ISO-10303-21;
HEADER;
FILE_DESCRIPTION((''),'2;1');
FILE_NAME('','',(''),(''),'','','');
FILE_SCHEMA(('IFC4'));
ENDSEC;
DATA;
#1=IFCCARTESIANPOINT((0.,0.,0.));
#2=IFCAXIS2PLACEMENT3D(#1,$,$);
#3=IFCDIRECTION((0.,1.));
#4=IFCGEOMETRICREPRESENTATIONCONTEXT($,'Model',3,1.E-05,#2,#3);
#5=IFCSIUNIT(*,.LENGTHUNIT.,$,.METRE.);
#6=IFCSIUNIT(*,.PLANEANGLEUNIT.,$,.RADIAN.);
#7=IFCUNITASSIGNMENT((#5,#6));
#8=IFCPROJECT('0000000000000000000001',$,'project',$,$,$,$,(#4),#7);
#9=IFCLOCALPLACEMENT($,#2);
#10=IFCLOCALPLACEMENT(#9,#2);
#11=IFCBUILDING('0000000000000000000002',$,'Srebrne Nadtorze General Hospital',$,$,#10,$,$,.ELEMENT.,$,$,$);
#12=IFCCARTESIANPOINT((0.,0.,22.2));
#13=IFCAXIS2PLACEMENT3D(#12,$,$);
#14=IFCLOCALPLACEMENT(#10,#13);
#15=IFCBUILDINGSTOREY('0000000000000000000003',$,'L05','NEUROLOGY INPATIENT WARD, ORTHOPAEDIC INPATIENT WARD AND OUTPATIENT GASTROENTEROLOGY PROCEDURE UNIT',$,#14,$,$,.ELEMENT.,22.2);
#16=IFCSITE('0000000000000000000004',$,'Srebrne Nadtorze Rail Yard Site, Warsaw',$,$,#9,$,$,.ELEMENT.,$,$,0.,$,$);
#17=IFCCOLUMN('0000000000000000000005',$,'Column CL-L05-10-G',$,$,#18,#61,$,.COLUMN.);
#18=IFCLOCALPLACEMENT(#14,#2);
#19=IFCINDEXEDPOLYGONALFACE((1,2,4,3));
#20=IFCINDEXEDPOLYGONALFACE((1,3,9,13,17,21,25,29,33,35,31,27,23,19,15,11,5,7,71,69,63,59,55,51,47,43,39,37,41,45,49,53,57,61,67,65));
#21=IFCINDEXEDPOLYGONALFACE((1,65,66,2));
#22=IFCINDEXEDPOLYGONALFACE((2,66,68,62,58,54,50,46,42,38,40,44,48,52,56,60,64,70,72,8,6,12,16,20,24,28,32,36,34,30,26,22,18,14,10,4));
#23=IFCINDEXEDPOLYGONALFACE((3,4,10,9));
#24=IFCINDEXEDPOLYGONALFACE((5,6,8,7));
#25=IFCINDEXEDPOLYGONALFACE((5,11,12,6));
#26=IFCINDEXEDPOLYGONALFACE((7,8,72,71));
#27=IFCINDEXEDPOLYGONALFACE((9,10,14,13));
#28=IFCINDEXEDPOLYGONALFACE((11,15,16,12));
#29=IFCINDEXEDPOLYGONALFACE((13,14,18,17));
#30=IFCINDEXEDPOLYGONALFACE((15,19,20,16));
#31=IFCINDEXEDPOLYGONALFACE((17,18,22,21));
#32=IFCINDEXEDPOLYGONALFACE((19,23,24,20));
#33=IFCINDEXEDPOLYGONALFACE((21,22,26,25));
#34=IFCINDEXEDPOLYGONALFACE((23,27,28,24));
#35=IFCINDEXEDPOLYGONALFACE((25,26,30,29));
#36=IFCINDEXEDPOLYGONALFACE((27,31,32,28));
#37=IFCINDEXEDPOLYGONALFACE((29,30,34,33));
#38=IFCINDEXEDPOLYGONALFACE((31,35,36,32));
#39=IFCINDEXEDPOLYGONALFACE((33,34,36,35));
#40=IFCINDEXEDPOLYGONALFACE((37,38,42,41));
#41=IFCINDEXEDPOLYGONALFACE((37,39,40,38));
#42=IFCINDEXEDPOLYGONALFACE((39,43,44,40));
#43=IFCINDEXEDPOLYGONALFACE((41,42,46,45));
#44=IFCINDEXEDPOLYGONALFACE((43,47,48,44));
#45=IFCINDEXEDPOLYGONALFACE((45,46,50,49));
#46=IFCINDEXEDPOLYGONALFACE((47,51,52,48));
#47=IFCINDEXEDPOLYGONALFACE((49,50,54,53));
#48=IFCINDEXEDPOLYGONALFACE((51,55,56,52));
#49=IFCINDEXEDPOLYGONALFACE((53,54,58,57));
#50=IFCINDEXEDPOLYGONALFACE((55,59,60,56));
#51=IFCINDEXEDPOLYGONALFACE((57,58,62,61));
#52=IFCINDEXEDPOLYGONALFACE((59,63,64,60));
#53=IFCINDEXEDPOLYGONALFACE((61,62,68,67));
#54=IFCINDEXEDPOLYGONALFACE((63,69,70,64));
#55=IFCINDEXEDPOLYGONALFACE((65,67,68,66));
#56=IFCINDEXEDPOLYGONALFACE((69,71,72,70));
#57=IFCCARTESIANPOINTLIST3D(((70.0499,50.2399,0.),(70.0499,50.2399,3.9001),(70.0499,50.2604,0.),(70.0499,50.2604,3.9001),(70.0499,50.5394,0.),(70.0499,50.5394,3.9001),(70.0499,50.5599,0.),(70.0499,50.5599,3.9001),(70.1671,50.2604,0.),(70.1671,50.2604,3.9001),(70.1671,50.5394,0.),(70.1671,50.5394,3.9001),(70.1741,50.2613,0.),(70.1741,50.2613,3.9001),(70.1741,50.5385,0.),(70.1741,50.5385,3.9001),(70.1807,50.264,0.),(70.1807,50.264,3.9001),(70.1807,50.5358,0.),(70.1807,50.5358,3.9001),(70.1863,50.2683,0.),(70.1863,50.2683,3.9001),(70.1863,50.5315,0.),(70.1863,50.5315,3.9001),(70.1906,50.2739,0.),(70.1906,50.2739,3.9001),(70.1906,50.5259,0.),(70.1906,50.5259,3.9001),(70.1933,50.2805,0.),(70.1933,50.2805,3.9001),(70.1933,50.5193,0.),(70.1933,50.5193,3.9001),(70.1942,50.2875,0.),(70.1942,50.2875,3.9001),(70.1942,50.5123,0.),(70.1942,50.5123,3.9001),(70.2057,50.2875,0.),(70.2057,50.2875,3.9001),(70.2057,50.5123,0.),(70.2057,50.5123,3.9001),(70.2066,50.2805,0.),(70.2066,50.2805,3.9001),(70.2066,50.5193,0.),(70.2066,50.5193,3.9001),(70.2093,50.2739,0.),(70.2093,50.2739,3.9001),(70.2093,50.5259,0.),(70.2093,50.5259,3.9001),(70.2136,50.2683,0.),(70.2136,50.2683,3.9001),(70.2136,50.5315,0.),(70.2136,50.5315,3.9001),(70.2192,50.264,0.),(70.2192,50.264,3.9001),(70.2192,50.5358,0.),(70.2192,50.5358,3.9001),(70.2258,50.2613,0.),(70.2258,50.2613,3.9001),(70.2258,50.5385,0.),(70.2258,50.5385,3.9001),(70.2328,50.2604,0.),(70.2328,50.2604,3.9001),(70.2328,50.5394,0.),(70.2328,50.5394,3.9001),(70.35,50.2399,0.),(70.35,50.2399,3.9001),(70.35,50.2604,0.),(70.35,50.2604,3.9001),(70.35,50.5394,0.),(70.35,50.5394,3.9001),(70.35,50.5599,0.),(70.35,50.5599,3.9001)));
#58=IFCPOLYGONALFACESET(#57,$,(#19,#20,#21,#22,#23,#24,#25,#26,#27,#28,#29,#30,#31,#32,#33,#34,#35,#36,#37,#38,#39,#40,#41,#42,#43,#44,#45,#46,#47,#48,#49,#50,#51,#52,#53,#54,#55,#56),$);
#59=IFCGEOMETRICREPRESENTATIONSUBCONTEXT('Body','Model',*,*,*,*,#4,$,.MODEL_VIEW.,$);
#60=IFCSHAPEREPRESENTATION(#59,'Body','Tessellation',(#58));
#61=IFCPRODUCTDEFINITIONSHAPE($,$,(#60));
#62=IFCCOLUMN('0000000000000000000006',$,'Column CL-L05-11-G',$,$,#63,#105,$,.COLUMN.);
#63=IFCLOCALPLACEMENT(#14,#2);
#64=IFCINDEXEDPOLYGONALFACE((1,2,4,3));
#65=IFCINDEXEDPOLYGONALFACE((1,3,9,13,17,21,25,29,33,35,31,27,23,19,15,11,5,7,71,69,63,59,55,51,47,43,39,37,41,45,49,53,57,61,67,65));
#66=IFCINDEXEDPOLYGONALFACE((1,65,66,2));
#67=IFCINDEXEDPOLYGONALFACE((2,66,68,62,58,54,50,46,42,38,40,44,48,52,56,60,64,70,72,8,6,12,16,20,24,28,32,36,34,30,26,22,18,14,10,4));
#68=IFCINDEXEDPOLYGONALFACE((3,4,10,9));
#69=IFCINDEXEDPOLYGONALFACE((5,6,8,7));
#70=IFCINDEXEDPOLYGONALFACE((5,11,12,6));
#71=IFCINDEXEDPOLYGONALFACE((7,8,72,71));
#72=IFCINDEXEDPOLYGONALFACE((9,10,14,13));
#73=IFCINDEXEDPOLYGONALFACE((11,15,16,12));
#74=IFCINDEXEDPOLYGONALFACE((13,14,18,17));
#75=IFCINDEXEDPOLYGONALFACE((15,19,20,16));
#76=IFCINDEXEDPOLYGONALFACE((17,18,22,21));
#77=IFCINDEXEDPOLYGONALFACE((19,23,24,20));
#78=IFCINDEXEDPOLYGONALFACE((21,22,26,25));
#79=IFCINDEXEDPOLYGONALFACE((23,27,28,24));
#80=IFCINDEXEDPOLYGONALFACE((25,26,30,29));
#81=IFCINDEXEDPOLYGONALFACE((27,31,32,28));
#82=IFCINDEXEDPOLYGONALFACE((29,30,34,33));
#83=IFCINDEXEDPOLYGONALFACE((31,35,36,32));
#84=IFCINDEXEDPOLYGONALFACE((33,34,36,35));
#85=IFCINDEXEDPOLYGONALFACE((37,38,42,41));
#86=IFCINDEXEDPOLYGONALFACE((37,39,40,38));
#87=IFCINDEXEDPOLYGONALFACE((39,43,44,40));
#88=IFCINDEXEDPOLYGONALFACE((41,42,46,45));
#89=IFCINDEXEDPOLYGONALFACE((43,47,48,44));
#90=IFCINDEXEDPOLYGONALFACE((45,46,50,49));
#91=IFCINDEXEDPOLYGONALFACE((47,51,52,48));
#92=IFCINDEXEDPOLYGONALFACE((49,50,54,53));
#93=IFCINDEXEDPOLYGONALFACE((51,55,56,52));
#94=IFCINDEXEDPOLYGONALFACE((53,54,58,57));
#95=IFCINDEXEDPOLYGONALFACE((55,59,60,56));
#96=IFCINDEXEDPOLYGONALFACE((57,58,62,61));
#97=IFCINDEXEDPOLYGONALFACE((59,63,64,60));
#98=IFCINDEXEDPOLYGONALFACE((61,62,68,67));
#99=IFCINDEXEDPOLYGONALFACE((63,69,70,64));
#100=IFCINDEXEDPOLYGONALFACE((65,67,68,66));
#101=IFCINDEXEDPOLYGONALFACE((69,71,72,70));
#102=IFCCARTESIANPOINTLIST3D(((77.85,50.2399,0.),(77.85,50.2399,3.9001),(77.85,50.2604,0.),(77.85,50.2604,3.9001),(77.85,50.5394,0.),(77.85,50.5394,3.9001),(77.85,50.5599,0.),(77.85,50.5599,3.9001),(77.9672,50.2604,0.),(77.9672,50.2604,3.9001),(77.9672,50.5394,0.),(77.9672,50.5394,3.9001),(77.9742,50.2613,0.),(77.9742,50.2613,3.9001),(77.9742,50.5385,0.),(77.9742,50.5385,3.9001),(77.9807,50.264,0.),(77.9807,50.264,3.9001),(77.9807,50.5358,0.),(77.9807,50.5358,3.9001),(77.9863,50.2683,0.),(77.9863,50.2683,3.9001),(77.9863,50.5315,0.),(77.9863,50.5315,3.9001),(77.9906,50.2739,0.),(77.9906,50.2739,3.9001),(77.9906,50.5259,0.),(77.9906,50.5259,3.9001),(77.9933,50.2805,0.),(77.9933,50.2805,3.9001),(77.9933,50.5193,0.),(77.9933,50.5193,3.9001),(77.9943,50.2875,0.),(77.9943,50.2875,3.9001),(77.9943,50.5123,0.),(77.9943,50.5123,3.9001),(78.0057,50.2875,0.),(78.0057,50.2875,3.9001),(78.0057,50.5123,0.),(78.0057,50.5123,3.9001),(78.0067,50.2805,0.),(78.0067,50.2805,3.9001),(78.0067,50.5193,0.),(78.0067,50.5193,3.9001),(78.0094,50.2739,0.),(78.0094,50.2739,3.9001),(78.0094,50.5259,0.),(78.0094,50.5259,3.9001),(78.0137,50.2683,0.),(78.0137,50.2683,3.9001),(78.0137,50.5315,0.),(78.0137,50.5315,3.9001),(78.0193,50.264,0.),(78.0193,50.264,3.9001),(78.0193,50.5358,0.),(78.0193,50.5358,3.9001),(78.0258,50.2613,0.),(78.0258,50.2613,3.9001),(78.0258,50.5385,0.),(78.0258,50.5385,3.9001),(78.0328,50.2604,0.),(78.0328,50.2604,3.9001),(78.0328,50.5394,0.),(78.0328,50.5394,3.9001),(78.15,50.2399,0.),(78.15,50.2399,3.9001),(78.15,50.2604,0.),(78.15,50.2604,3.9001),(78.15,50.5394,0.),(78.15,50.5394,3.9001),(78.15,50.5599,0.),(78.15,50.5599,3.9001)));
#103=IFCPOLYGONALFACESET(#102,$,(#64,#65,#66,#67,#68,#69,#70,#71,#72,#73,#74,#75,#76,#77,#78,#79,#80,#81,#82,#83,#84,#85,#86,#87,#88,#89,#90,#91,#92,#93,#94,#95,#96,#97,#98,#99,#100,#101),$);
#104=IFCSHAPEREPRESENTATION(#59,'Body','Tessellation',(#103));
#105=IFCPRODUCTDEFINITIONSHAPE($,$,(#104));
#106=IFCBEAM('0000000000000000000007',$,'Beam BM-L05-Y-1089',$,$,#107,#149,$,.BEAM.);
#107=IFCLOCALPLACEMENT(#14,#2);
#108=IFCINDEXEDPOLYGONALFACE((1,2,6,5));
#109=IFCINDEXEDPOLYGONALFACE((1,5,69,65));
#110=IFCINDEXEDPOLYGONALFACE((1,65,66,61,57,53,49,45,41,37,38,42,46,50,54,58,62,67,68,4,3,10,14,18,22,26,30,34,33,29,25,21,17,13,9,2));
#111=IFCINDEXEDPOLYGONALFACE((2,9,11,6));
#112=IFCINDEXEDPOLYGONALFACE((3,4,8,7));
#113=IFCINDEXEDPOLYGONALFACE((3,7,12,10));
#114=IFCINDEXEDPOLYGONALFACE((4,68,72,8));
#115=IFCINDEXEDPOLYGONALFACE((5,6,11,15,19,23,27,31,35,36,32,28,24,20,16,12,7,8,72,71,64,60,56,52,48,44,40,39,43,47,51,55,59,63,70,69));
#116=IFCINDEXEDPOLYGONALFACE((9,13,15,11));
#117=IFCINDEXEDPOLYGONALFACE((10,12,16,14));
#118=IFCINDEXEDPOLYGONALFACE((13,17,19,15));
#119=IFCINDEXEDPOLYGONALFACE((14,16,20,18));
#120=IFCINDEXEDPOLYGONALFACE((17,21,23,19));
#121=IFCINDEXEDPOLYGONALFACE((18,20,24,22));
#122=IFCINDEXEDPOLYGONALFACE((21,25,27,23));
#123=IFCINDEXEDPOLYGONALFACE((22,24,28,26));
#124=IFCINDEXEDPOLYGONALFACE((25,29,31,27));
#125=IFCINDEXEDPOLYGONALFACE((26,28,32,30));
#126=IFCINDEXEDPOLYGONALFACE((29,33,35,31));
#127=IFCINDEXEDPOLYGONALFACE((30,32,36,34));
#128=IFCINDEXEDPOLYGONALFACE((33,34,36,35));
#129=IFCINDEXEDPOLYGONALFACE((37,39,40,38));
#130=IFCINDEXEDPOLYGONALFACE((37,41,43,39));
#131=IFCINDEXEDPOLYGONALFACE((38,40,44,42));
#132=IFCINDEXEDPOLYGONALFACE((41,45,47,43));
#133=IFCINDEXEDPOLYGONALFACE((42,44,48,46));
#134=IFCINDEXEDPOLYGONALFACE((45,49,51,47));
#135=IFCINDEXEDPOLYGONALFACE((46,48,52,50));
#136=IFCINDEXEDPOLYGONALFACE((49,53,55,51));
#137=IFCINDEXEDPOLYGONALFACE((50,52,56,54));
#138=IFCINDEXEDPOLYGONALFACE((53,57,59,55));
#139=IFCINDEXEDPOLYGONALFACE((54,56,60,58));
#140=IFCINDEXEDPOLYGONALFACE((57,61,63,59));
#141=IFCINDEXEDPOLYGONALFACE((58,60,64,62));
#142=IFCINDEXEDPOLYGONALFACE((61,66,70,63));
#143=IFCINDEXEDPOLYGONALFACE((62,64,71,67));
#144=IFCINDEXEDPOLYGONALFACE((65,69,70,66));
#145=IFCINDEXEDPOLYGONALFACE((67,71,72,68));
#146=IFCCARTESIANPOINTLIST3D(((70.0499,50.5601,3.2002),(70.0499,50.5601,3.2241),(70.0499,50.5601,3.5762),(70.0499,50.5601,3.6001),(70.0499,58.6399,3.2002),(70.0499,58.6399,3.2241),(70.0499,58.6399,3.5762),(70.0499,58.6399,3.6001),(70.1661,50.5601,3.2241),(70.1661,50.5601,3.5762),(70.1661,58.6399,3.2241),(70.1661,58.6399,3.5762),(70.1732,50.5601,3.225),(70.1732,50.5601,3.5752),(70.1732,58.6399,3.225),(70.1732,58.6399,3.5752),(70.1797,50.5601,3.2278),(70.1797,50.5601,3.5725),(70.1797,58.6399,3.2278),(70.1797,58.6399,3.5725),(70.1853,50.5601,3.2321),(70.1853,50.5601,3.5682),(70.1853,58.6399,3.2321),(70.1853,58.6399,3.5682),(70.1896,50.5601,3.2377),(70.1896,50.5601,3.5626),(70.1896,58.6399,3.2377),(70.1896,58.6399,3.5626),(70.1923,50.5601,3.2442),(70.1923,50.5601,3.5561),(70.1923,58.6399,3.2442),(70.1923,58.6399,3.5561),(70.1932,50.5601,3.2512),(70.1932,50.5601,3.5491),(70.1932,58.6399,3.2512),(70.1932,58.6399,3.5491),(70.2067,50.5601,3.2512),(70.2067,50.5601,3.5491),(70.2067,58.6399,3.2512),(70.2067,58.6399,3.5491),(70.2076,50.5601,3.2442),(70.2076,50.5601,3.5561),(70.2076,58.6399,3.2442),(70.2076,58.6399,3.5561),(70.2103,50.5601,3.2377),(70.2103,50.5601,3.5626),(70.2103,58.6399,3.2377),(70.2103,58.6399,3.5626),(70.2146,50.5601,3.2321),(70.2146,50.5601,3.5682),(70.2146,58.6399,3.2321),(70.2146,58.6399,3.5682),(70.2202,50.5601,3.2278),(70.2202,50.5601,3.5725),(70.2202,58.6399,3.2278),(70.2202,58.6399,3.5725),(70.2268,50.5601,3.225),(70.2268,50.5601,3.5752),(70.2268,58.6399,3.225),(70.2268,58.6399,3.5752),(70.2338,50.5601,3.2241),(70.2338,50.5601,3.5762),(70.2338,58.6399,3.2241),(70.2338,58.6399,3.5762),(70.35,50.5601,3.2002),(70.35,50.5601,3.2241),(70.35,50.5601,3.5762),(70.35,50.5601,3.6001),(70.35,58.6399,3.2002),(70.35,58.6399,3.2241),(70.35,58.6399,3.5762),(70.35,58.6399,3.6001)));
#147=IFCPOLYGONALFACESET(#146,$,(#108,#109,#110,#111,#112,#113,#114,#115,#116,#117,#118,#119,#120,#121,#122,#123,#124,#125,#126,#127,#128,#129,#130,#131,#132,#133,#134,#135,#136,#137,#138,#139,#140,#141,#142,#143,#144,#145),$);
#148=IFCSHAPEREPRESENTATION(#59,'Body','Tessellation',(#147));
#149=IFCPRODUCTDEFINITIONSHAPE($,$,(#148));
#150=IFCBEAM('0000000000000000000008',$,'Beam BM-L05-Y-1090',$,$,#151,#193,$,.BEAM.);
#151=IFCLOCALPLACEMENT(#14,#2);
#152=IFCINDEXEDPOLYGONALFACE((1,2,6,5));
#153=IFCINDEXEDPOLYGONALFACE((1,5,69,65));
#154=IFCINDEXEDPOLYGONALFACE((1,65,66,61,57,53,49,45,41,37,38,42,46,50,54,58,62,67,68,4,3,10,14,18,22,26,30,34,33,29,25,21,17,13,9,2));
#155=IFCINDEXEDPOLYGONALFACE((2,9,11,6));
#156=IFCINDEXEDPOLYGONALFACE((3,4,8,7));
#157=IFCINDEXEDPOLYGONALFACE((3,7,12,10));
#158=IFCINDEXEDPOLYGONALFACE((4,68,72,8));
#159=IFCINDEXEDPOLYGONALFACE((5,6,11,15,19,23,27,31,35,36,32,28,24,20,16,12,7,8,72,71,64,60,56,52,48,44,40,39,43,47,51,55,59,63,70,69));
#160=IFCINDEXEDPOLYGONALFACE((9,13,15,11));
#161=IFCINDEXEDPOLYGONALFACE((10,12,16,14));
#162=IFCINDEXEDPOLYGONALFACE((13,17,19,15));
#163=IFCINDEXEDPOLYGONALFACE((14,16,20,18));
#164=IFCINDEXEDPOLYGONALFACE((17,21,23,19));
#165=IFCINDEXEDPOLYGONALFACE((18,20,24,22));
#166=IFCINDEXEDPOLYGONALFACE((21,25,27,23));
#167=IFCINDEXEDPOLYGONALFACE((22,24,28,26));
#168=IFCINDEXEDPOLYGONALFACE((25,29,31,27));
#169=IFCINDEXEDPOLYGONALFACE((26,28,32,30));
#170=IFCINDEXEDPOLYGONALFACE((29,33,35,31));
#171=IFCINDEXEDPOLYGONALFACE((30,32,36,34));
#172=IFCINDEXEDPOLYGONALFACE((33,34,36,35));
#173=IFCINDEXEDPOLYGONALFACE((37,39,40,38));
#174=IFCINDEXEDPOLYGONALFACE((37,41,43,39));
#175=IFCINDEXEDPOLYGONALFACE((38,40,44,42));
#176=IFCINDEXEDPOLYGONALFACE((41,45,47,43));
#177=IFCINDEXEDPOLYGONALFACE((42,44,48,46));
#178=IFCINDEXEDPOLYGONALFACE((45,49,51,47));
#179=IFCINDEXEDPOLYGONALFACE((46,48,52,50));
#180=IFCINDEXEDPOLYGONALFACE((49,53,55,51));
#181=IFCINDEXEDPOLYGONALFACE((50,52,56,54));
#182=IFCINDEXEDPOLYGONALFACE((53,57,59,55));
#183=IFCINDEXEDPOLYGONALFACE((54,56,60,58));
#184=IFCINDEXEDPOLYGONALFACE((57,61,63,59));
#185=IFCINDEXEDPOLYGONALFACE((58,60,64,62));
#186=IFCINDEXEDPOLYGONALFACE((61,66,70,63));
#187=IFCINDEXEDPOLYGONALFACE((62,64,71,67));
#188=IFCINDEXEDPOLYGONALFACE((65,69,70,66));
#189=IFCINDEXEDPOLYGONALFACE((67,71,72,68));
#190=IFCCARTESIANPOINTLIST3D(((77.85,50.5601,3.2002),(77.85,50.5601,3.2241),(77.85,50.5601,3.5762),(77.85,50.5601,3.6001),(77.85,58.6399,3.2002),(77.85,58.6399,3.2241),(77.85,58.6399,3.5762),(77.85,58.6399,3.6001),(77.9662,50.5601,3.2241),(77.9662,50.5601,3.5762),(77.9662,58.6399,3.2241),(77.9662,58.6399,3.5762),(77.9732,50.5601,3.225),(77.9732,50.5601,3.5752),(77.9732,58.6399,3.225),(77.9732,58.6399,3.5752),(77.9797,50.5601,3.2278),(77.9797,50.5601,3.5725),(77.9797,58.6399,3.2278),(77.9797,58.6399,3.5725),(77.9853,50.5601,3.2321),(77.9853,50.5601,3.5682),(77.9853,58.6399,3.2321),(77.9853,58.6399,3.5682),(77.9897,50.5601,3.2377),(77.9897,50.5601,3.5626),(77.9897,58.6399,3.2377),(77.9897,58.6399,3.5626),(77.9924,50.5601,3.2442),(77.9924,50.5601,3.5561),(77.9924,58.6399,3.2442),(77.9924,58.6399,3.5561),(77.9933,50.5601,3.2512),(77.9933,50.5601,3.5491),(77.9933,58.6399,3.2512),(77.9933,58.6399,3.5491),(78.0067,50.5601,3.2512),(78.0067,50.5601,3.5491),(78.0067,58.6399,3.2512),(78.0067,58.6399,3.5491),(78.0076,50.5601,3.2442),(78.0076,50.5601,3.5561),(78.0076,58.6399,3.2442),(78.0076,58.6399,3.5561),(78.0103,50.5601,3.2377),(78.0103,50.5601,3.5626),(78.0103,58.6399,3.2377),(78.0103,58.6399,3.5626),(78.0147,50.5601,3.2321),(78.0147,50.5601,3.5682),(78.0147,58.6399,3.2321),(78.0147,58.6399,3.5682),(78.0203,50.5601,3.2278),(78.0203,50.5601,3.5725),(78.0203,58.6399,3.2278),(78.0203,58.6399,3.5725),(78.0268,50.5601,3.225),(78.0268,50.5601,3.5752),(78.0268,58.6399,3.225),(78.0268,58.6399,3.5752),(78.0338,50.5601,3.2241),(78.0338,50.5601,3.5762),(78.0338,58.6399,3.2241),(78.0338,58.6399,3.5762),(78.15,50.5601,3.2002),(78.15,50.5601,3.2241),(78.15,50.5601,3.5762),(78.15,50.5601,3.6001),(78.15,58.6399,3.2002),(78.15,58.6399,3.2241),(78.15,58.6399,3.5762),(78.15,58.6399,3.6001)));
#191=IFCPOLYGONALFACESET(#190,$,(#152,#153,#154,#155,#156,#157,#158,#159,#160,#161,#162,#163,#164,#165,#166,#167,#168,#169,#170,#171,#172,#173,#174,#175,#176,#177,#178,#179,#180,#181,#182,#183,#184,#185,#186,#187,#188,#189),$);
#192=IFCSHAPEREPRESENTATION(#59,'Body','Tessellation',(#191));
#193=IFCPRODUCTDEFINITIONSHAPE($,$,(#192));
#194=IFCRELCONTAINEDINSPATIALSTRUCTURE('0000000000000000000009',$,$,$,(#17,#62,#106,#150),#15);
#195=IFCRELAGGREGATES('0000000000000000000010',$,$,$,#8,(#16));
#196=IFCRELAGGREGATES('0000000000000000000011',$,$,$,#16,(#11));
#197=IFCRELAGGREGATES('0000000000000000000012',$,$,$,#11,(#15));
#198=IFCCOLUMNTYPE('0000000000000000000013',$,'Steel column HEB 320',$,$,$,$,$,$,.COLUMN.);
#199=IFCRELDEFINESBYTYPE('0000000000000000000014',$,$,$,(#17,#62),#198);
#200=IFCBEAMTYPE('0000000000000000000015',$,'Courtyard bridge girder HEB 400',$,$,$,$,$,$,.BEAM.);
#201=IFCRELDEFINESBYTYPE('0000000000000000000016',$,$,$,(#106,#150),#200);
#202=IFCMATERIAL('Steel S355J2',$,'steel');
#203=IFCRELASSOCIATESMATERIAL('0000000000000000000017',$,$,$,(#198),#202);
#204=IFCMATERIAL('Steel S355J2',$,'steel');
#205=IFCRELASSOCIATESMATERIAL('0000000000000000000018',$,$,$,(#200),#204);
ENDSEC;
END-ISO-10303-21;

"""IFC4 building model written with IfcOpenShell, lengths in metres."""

from ifc_helpers import new_model, si_unit, direction, frame, origin, origin_2d, place, context, subcontext, project, spatial, i_section, extrude, material, material_profile, profile_set, type_object, element, save


model = new_model("IFC4")

# Units and contexts
model_context = context("Model", 3, precision=1e-05, world=origin(), true_north=direction((0.0, 1.0)))
body_context = subcontext(model_context, "Body", "Model", "MODEL_VIEW")
ifc_project = project(units=[si_unit("LENGTHUNIT", "METRE"), si_unit("PLANEANGLEUNIT", "RADIAN")], contexts=[model_context])

# Site, building, storey
site_placement = place(None, origin())
site = spatial("IfcSite", under=ifc_project, at=site_placement, Name="Srebrne Nadtorze Rail Yard Site, Warsaw", CompositionType="ELEMENT", RefElevation=0.0)
building_placement = place(site_placement, origin())
building = spatial("IfcBuilding", under=site, at=building_placement, Name="Srebrne Nadtorze General Hospital", CompositionType="ELEMENT")
storey_placement = place(building_placement, frame((0.0, 0.0, 22.2)))
storey = spatial("IfcBuildingStorey", under=building, at=storey_placement, Name="L05", Description="NEUROLOGY INPATIENT WARD, ORTHOPAEDIC INPATIENT WARD AND OUTPATIENT GASTROENTEROLOGY PROCEDURE UNIT", CompositionType="ELEMENT", Elevation=22.2)

# Columns
ifc_material_1 = material(Name="Steel S355J2", Category="steel")
ifc_material_profile_1 = material_profile(ifc_material_1, i_section(OverallWidth=0.3, OverallDepth=0.3201, WebThickness=0.0115, FlangeThickness=0.0205, FilletRadius=0.0271, at=origin_2d()), Name="HEB-320")
ifc_profile_set_1 = profile_set([ifc_material_profile_1], Name="Steel S355J2")
column_type = type_object("IfcColumnType", Name="Steel column HEB 320", PredefinedType="COLUMN", material=ifc_profile_set_1)
for number, where, z_axis, x_axis, name in (
    (1, (70.2, 50.3999, 0.0), (0.0, 0.0, 1.0), (1.0, 0.0, 0.0), "Column CL-L05-10-G"),
    (2, (78.0, 50.3999, 0.0), (0.0, 0.0, 1.0), (1.0, 0.0, 0.0), "Column CL-L05-11-G"),
):
    element("IfcColumn", number, at=place(storey_placement, frame(where, z_axis=z_axis, x_axis=x_axis)), inside=storey, type_object=column_type, Name=name, PredefinedType="COLUMN", context=body_context, shape_type="SweptSolid", body=[
        extrude(i_section(OverallWidth=0.3, OverallDepth=0.3201, WebThickness=0.0115, FlangeThickness=0.0205, FilletRadius=0.0271, at=origin_2d()), origin(), (0.0, 0.0, 1.0), 3.9001),
    ])

# Beams
ifc_material_2 = material(Name="Steel S355J2", Category="steel")
ifc_material_profile_2 = material_profile(ifc_material_2, i_section(OverallWidth=0.3, OverallDepth=0.3999, WebThickness=0.0134, FlangeThickness=0.0239, FilletRadius=0.0271, at=origin_2d()), Name="HEB-400")
ifc_profile_set_2 = profile_set([ifc_material_profile_2], Name="Steel S355J2")
beam_type_1 = type_object("IfcBeamType", Name="Courtyard bridge girder HEB 400", PredefinedType="BEAM", material=ifc_profile_set_2)
for number, where, z_axis, x_axis, name in (
    (3, (70.2, 50.5601, 3.4001), (0.0, 1.0, 0.0), (-1.0, 0.0, 0.0), "Beam BM-L05-Y-1089"),
    (4, (78.0, 50.5601, 3.4001), (0.0, 1.0, 0.0), (-1.0, 0.0, 0.0), "Beam BM-L05-Y-1090"),
):
    element("IfcBeam", number, at=place(storey_placement, frame(where, z_axis=z_axis, x_axis=x_axis)), inside=storey, type_object=beam_type_1, Name=name, PredefinedType="BEAM", context=body_context, shape_type="SweptSolid", body=[
        extrude(i_section(OverallWidth=0.3, OverallDepth=0.3999, WebThickness=0.0134, FlangeThickness=0.0239, FilletRadius=0.0271, at=origin_2d()), origin(), (0.0, 0.0, 1.0), 8.0798),
    ])

save(model, "model.ifc")
